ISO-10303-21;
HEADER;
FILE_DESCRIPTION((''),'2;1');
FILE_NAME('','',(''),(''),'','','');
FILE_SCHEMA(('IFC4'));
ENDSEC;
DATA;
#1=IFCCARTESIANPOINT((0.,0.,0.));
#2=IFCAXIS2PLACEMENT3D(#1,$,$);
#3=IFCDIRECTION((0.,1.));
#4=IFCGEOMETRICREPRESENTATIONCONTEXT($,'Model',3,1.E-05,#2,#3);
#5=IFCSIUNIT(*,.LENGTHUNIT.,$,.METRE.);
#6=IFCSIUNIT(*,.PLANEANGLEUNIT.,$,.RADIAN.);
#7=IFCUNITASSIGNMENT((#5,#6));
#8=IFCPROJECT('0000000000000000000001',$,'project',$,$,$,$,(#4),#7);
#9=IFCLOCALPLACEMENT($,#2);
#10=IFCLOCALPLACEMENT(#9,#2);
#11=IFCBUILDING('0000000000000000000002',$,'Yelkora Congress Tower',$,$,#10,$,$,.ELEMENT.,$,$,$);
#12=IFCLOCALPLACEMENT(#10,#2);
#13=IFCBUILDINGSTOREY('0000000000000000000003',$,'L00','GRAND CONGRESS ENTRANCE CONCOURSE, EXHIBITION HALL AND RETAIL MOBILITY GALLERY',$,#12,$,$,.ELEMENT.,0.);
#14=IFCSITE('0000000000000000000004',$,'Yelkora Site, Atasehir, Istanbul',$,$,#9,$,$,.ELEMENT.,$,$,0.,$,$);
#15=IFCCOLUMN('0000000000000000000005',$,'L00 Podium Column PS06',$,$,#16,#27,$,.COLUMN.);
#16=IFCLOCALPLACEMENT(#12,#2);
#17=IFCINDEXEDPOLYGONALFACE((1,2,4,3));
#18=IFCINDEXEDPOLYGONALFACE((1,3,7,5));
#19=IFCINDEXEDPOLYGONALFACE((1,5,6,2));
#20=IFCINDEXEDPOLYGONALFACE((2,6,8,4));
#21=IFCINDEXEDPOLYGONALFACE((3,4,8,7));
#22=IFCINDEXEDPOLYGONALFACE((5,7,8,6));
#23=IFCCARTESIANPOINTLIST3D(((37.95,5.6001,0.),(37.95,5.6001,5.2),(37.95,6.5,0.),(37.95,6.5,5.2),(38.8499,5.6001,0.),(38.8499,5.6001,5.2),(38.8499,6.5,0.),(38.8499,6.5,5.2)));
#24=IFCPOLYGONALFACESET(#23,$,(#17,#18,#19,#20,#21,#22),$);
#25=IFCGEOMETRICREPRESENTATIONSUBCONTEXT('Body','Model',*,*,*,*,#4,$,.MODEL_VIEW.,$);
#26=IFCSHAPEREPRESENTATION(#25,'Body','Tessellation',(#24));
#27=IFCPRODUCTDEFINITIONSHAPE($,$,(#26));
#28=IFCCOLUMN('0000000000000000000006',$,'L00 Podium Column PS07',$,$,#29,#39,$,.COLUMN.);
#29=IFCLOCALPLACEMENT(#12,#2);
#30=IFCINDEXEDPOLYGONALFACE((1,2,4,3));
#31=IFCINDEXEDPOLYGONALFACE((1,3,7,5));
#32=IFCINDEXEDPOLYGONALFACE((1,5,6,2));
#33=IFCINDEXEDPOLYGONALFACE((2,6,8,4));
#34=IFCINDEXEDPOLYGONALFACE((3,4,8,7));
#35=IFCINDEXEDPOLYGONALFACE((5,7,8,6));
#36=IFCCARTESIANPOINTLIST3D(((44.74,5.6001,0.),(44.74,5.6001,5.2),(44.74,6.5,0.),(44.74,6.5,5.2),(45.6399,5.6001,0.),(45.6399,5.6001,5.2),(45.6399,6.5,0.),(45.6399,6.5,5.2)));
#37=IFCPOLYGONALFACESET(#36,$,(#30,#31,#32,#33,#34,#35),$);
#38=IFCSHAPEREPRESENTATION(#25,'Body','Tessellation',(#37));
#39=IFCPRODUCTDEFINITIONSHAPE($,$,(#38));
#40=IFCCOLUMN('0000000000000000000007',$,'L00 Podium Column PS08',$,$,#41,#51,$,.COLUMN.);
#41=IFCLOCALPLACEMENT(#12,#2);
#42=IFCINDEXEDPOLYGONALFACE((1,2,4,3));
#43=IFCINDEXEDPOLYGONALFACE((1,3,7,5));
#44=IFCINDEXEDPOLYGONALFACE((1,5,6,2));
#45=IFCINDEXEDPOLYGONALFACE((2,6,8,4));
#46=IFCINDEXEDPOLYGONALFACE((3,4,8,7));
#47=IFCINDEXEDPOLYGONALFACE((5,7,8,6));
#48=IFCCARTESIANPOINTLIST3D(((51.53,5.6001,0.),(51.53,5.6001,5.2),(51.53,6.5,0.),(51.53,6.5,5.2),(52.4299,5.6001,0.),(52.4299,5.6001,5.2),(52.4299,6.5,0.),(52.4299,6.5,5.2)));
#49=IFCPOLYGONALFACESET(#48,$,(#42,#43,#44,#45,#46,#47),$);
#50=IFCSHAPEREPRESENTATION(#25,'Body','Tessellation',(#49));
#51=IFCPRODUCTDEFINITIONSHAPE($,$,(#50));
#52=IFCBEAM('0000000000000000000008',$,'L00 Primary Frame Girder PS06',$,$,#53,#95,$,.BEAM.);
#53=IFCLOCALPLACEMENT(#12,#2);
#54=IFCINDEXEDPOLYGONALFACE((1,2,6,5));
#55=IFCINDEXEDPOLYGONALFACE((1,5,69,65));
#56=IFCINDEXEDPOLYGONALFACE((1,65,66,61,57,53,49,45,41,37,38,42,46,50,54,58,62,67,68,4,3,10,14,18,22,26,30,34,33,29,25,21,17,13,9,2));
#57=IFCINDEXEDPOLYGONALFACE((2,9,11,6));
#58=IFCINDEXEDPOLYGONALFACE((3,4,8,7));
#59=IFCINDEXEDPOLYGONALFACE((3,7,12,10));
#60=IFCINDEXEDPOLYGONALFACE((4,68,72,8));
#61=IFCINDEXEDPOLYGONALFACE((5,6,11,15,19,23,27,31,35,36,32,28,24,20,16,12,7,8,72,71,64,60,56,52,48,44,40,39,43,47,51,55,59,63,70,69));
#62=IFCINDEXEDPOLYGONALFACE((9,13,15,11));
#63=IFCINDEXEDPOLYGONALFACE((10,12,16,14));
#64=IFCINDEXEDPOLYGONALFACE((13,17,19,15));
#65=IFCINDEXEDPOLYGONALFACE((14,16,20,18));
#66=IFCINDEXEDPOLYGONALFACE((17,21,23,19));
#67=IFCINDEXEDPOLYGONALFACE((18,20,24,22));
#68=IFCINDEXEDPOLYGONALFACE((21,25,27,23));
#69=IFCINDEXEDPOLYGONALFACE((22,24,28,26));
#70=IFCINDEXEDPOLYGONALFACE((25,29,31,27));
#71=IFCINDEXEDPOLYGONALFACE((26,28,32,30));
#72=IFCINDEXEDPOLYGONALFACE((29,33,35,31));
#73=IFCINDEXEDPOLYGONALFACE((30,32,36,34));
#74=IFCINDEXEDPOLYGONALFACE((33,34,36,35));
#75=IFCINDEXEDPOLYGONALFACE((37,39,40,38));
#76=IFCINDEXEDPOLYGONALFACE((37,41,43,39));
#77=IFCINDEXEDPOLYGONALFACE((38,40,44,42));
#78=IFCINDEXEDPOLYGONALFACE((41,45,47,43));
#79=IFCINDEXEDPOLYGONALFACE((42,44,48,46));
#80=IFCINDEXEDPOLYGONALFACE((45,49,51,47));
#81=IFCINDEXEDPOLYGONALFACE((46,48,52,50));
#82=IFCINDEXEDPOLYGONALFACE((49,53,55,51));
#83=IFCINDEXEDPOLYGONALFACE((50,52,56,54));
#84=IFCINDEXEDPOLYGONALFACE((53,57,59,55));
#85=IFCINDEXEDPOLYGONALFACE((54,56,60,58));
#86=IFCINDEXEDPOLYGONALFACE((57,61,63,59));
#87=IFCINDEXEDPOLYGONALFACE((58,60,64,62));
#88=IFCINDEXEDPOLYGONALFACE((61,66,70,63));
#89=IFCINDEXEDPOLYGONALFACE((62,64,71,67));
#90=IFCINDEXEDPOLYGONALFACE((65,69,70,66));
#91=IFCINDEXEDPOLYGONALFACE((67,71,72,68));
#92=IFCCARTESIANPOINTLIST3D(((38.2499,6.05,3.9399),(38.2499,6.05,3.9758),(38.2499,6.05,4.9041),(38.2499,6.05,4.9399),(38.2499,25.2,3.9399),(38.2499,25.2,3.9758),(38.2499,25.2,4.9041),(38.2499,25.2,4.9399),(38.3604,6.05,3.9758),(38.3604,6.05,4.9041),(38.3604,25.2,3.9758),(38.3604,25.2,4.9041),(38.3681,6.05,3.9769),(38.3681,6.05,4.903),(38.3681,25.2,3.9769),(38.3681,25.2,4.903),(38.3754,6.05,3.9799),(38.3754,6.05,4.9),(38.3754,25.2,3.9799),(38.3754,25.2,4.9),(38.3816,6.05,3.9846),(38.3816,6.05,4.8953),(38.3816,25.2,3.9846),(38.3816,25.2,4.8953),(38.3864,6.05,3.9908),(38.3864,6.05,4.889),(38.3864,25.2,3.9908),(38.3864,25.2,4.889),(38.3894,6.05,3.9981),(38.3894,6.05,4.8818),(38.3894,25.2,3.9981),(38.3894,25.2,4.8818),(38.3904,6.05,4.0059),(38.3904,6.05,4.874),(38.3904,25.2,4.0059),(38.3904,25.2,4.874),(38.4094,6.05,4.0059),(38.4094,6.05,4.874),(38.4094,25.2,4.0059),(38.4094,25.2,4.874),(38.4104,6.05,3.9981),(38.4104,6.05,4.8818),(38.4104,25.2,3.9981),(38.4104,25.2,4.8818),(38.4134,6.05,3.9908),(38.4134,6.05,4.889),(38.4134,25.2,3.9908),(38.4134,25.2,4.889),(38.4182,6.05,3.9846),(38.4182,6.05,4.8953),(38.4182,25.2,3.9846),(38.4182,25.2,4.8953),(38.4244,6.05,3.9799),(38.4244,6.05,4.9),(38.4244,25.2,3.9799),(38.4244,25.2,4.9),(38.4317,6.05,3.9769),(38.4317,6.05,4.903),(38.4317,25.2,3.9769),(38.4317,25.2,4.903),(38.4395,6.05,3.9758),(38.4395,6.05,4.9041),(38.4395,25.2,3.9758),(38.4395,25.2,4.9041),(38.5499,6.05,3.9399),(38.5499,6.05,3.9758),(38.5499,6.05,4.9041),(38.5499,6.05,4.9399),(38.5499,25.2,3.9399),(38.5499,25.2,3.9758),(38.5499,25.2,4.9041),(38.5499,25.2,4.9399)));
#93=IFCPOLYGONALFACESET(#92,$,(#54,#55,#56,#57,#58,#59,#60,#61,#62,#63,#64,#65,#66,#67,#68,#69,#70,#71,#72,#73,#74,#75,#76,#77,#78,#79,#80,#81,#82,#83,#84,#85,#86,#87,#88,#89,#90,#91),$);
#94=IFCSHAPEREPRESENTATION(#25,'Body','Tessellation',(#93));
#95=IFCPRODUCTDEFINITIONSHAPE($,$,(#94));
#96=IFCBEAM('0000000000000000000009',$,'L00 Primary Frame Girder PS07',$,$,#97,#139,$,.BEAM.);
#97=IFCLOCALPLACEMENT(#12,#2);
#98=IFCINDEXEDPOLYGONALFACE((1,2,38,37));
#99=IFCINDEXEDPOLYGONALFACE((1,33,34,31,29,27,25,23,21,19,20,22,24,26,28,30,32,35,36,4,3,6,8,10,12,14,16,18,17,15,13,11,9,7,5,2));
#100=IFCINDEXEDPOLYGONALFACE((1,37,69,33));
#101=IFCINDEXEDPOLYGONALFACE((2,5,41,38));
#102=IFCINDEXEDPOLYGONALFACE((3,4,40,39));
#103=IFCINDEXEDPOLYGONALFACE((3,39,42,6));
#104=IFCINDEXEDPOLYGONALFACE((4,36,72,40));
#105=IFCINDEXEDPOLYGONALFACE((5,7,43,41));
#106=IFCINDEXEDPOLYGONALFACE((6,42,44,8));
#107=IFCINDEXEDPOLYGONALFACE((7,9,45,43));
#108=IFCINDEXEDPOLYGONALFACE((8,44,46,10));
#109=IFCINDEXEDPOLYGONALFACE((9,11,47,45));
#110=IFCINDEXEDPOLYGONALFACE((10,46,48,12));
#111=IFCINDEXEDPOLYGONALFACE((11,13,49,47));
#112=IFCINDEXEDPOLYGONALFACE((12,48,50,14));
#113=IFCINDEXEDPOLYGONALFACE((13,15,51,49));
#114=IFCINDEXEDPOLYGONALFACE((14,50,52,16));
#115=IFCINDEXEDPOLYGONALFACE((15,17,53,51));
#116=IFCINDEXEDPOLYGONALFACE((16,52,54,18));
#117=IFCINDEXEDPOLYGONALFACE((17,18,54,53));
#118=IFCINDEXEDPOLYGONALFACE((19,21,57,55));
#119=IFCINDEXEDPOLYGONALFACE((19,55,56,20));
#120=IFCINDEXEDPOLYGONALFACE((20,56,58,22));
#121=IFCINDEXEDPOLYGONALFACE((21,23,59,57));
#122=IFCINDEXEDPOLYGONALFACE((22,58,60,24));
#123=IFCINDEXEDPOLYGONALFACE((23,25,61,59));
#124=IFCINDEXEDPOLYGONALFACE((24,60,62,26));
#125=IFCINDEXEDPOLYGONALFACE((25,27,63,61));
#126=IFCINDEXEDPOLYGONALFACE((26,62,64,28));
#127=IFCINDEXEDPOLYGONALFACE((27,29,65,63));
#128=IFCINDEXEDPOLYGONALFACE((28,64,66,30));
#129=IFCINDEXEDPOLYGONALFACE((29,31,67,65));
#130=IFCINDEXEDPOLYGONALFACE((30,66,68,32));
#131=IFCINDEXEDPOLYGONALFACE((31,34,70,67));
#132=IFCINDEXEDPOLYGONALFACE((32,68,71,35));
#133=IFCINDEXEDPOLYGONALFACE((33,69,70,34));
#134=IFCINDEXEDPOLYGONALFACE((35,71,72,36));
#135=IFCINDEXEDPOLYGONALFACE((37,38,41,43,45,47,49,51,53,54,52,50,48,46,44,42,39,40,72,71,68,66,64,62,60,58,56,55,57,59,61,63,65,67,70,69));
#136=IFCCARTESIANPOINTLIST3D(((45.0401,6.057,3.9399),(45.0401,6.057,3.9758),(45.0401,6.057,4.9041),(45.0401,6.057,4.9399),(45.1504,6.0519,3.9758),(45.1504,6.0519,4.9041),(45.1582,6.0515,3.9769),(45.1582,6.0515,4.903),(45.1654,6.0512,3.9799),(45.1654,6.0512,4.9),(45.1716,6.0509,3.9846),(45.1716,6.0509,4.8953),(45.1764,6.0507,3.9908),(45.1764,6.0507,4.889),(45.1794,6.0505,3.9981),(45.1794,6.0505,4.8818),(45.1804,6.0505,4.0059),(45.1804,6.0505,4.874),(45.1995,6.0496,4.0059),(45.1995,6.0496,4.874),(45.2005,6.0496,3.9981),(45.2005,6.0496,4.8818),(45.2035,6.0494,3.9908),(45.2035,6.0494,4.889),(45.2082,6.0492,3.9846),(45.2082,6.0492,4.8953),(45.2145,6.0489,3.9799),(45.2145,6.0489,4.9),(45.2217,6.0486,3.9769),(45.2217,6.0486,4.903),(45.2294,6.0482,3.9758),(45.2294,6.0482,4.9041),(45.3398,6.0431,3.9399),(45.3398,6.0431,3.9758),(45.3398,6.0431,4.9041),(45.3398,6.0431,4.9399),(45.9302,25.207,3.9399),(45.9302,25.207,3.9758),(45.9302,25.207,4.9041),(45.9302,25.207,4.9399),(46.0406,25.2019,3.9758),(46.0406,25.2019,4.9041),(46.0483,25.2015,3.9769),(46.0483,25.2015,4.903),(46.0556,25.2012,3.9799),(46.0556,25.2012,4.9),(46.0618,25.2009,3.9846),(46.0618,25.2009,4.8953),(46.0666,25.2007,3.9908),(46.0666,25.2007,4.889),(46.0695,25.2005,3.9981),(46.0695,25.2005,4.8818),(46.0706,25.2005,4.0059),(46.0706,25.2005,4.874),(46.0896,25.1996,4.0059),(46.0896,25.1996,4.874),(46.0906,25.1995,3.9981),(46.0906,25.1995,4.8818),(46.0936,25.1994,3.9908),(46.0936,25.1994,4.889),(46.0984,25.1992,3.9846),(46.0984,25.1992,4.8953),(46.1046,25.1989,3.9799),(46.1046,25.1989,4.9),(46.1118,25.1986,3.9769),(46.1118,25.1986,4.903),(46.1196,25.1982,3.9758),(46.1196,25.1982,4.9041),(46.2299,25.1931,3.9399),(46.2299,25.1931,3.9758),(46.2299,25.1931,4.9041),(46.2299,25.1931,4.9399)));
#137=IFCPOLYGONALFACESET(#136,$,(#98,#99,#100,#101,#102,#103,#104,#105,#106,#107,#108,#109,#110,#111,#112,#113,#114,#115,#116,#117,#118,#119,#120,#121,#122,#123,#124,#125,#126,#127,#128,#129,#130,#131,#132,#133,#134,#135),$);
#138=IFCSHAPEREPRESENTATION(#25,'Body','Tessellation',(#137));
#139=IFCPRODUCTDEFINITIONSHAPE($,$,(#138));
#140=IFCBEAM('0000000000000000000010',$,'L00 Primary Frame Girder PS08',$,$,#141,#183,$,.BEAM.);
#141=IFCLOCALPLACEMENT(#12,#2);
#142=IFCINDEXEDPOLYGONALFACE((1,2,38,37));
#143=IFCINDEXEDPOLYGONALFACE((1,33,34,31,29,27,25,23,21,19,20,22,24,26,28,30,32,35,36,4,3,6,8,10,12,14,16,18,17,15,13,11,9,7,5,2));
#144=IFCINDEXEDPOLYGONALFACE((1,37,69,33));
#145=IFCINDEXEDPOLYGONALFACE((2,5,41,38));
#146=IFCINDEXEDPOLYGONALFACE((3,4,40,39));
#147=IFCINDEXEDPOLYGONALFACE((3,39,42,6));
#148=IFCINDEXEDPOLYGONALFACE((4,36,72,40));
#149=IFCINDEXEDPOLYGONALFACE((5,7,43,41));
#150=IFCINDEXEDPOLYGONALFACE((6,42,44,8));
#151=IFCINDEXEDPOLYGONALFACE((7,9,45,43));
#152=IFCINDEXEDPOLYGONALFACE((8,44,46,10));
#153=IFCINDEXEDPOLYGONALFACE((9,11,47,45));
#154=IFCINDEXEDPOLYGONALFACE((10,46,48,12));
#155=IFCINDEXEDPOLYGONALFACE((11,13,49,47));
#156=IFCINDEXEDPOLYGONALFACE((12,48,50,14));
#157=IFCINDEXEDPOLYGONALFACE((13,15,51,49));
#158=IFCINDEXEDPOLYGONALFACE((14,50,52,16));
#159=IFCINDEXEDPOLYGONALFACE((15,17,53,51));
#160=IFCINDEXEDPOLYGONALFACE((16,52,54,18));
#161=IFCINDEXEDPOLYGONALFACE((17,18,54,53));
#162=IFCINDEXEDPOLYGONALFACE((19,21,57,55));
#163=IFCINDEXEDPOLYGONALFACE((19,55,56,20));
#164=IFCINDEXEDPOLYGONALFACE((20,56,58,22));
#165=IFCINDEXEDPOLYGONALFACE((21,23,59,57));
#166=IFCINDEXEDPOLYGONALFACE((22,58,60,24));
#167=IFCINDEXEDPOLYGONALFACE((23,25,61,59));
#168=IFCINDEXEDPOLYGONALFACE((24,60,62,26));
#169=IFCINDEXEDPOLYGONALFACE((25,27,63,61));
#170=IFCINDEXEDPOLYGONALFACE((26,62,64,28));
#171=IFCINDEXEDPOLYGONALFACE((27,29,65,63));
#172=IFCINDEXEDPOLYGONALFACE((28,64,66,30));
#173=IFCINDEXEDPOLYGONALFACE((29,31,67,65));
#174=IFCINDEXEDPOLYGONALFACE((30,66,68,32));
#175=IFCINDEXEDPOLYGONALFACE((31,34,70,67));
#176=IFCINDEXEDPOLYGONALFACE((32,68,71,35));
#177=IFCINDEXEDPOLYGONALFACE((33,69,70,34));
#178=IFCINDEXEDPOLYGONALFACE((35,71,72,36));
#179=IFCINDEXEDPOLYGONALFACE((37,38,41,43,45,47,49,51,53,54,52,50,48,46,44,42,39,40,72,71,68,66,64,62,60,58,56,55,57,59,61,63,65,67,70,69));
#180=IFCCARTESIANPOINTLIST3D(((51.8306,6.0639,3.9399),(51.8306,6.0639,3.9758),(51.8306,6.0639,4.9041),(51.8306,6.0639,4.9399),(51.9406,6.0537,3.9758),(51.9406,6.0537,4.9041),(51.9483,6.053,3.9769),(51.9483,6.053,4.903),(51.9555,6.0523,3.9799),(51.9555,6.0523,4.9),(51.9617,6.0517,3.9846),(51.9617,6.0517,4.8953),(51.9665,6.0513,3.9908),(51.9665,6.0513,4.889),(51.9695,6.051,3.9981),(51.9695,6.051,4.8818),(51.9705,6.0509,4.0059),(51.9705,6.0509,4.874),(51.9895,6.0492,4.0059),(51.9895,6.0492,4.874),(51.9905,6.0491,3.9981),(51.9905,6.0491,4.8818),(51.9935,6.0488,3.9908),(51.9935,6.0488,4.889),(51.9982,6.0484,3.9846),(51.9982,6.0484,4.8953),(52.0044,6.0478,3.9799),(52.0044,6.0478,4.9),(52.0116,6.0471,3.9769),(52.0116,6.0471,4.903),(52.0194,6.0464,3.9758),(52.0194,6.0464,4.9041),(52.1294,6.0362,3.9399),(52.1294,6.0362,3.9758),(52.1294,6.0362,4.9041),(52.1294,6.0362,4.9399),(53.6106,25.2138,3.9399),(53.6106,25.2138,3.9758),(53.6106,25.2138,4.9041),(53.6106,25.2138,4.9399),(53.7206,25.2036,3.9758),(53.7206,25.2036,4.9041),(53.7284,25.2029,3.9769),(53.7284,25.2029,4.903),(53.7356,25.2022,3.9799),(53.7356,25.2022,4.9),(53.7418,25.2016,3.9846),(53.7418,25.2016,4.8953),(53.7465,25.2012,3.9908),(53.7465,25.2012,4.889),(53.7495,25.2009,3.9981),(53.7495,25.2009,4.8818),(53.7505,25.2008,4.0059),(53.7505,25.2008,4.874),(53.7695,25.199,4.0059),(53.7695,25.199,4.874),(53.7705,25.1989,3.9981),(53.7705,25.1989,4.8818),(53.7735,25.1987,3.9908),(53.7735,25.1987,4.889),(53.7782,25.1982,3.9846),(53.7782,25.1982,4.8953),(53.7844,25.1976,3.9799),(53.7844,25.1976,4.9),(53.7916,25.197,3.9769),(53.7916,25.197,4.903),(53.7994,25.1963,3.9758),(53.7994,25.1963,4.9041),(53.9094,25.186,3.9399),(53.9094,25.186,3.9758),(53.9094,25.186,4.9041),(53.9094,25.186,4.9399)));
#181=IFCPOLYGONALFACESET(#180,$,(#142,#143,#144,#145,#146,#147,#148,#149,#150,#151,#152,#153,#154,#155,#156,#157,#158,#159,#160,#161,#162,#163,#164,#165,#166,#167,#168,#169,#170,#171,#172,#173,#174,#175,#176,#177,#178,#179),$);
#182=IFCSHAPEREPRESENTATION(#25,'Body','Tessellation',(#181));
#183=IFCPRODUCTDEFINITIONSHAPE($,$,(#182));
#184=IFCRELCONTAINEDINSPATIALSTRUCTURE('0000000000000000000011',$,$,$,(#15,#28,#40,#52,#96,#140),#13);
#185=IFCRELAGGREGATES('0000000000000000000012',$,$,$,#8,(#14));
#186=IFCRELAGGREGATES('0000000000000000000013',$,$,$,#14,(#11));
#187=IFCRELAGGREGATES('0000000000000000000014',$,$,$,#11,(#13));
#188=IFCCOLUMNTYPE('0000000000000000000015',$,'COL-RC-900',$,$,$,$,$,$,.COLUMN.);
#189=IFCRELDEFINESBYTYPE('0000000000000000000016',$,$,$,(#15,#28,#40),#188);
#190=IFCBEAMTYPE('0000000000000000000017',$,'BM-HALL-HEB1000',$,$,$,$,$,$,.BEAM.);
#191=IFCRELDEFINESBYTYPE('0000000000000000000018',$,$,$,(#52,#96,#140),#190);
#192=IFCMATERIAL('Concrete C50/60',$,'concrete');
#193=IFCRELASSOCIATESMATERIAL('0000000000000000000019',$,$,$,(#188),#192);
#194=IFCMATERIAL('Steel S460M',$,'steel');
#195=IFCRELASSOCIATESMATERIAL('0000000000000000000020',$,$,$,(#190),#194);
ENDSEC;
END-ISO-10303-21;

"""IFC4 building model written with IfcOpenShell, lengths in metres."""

from ifc_helpers import new_model, si_unit, direction, frame, origin, origin_2d, place, context, subcontext, project, spatial, rectangle, i_section, extrude, material, material_profile, profile_set, type_object, element, save


model = new_model("IFC4")

# Units and contexts
model_context = context("Model", 3, precision=1e-05, world=origin(), true_north=direction((0.0, 1.0)))
body_context = subcontext(model_context, "Body", "Model", "MODEL_VIEW")
ifc_project = project(units=[si_unit("LENGTHUNIT", "METRE"), si_unit("PLANEANGLEUNIT", "RADIAN")], contexts=[model_context])

# Site, building, storey
site_placement = place(None, origin())
site = spatial("IfcSite", under=ifc_project, at=site_placement, Name="Yelkora Site, Atasehir, Istanbul", CompositionType="ELEMENT", RefElevation=0.0)
building_placement = place(site_placement, origin())
building = spatial("IfcBuilding", under=site, at=building_placement, Name="Yelkora Congress Tower", CompositionType="ELEMENT")
storey_placement = place(building_placement, origin())
storey = spatial("IfcBuildingStorey", under=building, at=storey_placement, Name="L00", Description="GRAND CONGRESS ENTRANCE CONCOURSE, EXHIBITION HALL AND RETAIL MOBILITY GALLERY", CompositionType="ELEMENT", Elevation=0.0)

# Columns
ifc_material_1 = material(Name="Concrete C50/60", Category="concrete")
ifc_material_profile_1 = material_profile(ifc_material_1, rectangle(XDim=0.8999, YDim=0.8999, at=origin_2d()), Name="RC 900x900")
ifc_profile_set_1 = profile_set([ifc_material_profile_1], Name="Concrete C50/60")
column_type = type_object("IfcColumnType", Name="COL-RC-900", PredefinedType="COLUMN", material=ifc_profile_set_1)
for number, where, z_axis, x_axis, name in (
    (1, (38.3999, 6.05, 0.0), (0.0, 0.0, 1.0), (1.0, 0.0, 0.0), "L00 Podium Column PS06"),
    (2, (45.1899, 6.05, 0.0), (0.0, 0.0, 1.0), (1.0, 0.0, 0.0), "L00 Podium Column PS07"),
    (3, (51.98, 6.05, 0.0), (0.0, 0.0, 1.0), (1.0, 0.0, 0.0), "L00 Podium Column PS08"),
):
    element("IfcColumn", number, at=place(storey_placement, frame(where, z_axis=z_axis, x_axis=x_axis)), inside=storey, type_object=column_type, Name=name, PredefinedType="COLUMN", context=body_context, shape_type="SweptSolid", body=[
        extrude(rectangle(XDim=0.8999, YDim=0.8999, at=origin_2d()), origin(), (0.0, 0.0, 1.0), 5.2),
    ])

# Beams
ifc_material_2 = material(Name="Steel S460M", Category="steel")
ifc_material_profile_2 = material_profile(ifc_material_2, i_section(OverallWidth=0.3, OverallDepth=1.0, WebThickness=0.019, FlangeThickness=0.0359, FilletRadius=0.03, at=origin_2d()), Name="HEB 1000")
ifc_profile_set_2 = profile_set([ifc_material_profile_2], Name="Steel S460M")
beam_type_1 = type_object("IfcBeamType", Name="BM-HALL-HEB1000", PredefinedType="BEAM", material=ifc_profile_set_2)
beam_1_placement = place(storey_placement, frame((38.3999, 6.05, 4.4399), z_axis=(0.0, 1.0, 0.0), x_axis=(-1.0, 0.0, 0.0)))
element("IfcBeam", 4, at=beam_1_placement, inside=storey, type_object=beam_type_1, Name="L00 Primary Frame Girder PS06", PredefinedType="BEAM", context=body_context, shape_type="SweptSolid", body=[
    extrude(i_section(OverallWidth=0.3, OverallDepth=1.0, WebThickness=0.019, FlangeThickness=0.0359, FilletRadius=0.03, at=origin_2d()), origin(), (0.0, 0.0, 1.0), 19.1499),
])
beam_2_placement = place(storey_placement, frame((45.1899, 6.05, 4.4399), z_axis=(0.046432, 0.998921, 0.0), x_axis=(-0.998921, 0.046432, 0.0)))
element("IfcBeam", 5, at=beam_2_placement, inside=storey, type_object=beam_type_1, Name="L00 Primary Frame Girder PS07", PredefinedType="BEAM", context=body_context, shape_type="SweptSolid", body=[
    extrude(i_section(OverallWidth=0.3, OverallDepth=1.0, WebThickness=0.019, FlangeThickness=0.0359, FilletRadius=0.03, at=origin_2d()), origin(), (0.0, 0.0, 1.0), 19.1707),
])
beam_3_placement = place(storey_placement, frame((51.98, 6.05, 4.4399), z_axis=(0.092553, 0.995708, 0.0), x_axis=(-0.995708, 0.092553, 0.0)))
element("IfcBeam", 6, at=beam_3_placement, inside=storey, type_object=beam_type_1, Name="L00 Primary Frame Girder PS08", PredefinedType="BEAM", context=body_context, shape_type="SweptSolid", body=[
    extrude(i_section(OverallWidth=0.3, OverallDepth=1.0, WebThickness=0.019, FlangeThickness=0.0359, FilletRadius=0.03, at=origin_2d()), origin(), (0.0, 0.0, 1.0), 19.2324),
])

save(model, "model.ifc")
